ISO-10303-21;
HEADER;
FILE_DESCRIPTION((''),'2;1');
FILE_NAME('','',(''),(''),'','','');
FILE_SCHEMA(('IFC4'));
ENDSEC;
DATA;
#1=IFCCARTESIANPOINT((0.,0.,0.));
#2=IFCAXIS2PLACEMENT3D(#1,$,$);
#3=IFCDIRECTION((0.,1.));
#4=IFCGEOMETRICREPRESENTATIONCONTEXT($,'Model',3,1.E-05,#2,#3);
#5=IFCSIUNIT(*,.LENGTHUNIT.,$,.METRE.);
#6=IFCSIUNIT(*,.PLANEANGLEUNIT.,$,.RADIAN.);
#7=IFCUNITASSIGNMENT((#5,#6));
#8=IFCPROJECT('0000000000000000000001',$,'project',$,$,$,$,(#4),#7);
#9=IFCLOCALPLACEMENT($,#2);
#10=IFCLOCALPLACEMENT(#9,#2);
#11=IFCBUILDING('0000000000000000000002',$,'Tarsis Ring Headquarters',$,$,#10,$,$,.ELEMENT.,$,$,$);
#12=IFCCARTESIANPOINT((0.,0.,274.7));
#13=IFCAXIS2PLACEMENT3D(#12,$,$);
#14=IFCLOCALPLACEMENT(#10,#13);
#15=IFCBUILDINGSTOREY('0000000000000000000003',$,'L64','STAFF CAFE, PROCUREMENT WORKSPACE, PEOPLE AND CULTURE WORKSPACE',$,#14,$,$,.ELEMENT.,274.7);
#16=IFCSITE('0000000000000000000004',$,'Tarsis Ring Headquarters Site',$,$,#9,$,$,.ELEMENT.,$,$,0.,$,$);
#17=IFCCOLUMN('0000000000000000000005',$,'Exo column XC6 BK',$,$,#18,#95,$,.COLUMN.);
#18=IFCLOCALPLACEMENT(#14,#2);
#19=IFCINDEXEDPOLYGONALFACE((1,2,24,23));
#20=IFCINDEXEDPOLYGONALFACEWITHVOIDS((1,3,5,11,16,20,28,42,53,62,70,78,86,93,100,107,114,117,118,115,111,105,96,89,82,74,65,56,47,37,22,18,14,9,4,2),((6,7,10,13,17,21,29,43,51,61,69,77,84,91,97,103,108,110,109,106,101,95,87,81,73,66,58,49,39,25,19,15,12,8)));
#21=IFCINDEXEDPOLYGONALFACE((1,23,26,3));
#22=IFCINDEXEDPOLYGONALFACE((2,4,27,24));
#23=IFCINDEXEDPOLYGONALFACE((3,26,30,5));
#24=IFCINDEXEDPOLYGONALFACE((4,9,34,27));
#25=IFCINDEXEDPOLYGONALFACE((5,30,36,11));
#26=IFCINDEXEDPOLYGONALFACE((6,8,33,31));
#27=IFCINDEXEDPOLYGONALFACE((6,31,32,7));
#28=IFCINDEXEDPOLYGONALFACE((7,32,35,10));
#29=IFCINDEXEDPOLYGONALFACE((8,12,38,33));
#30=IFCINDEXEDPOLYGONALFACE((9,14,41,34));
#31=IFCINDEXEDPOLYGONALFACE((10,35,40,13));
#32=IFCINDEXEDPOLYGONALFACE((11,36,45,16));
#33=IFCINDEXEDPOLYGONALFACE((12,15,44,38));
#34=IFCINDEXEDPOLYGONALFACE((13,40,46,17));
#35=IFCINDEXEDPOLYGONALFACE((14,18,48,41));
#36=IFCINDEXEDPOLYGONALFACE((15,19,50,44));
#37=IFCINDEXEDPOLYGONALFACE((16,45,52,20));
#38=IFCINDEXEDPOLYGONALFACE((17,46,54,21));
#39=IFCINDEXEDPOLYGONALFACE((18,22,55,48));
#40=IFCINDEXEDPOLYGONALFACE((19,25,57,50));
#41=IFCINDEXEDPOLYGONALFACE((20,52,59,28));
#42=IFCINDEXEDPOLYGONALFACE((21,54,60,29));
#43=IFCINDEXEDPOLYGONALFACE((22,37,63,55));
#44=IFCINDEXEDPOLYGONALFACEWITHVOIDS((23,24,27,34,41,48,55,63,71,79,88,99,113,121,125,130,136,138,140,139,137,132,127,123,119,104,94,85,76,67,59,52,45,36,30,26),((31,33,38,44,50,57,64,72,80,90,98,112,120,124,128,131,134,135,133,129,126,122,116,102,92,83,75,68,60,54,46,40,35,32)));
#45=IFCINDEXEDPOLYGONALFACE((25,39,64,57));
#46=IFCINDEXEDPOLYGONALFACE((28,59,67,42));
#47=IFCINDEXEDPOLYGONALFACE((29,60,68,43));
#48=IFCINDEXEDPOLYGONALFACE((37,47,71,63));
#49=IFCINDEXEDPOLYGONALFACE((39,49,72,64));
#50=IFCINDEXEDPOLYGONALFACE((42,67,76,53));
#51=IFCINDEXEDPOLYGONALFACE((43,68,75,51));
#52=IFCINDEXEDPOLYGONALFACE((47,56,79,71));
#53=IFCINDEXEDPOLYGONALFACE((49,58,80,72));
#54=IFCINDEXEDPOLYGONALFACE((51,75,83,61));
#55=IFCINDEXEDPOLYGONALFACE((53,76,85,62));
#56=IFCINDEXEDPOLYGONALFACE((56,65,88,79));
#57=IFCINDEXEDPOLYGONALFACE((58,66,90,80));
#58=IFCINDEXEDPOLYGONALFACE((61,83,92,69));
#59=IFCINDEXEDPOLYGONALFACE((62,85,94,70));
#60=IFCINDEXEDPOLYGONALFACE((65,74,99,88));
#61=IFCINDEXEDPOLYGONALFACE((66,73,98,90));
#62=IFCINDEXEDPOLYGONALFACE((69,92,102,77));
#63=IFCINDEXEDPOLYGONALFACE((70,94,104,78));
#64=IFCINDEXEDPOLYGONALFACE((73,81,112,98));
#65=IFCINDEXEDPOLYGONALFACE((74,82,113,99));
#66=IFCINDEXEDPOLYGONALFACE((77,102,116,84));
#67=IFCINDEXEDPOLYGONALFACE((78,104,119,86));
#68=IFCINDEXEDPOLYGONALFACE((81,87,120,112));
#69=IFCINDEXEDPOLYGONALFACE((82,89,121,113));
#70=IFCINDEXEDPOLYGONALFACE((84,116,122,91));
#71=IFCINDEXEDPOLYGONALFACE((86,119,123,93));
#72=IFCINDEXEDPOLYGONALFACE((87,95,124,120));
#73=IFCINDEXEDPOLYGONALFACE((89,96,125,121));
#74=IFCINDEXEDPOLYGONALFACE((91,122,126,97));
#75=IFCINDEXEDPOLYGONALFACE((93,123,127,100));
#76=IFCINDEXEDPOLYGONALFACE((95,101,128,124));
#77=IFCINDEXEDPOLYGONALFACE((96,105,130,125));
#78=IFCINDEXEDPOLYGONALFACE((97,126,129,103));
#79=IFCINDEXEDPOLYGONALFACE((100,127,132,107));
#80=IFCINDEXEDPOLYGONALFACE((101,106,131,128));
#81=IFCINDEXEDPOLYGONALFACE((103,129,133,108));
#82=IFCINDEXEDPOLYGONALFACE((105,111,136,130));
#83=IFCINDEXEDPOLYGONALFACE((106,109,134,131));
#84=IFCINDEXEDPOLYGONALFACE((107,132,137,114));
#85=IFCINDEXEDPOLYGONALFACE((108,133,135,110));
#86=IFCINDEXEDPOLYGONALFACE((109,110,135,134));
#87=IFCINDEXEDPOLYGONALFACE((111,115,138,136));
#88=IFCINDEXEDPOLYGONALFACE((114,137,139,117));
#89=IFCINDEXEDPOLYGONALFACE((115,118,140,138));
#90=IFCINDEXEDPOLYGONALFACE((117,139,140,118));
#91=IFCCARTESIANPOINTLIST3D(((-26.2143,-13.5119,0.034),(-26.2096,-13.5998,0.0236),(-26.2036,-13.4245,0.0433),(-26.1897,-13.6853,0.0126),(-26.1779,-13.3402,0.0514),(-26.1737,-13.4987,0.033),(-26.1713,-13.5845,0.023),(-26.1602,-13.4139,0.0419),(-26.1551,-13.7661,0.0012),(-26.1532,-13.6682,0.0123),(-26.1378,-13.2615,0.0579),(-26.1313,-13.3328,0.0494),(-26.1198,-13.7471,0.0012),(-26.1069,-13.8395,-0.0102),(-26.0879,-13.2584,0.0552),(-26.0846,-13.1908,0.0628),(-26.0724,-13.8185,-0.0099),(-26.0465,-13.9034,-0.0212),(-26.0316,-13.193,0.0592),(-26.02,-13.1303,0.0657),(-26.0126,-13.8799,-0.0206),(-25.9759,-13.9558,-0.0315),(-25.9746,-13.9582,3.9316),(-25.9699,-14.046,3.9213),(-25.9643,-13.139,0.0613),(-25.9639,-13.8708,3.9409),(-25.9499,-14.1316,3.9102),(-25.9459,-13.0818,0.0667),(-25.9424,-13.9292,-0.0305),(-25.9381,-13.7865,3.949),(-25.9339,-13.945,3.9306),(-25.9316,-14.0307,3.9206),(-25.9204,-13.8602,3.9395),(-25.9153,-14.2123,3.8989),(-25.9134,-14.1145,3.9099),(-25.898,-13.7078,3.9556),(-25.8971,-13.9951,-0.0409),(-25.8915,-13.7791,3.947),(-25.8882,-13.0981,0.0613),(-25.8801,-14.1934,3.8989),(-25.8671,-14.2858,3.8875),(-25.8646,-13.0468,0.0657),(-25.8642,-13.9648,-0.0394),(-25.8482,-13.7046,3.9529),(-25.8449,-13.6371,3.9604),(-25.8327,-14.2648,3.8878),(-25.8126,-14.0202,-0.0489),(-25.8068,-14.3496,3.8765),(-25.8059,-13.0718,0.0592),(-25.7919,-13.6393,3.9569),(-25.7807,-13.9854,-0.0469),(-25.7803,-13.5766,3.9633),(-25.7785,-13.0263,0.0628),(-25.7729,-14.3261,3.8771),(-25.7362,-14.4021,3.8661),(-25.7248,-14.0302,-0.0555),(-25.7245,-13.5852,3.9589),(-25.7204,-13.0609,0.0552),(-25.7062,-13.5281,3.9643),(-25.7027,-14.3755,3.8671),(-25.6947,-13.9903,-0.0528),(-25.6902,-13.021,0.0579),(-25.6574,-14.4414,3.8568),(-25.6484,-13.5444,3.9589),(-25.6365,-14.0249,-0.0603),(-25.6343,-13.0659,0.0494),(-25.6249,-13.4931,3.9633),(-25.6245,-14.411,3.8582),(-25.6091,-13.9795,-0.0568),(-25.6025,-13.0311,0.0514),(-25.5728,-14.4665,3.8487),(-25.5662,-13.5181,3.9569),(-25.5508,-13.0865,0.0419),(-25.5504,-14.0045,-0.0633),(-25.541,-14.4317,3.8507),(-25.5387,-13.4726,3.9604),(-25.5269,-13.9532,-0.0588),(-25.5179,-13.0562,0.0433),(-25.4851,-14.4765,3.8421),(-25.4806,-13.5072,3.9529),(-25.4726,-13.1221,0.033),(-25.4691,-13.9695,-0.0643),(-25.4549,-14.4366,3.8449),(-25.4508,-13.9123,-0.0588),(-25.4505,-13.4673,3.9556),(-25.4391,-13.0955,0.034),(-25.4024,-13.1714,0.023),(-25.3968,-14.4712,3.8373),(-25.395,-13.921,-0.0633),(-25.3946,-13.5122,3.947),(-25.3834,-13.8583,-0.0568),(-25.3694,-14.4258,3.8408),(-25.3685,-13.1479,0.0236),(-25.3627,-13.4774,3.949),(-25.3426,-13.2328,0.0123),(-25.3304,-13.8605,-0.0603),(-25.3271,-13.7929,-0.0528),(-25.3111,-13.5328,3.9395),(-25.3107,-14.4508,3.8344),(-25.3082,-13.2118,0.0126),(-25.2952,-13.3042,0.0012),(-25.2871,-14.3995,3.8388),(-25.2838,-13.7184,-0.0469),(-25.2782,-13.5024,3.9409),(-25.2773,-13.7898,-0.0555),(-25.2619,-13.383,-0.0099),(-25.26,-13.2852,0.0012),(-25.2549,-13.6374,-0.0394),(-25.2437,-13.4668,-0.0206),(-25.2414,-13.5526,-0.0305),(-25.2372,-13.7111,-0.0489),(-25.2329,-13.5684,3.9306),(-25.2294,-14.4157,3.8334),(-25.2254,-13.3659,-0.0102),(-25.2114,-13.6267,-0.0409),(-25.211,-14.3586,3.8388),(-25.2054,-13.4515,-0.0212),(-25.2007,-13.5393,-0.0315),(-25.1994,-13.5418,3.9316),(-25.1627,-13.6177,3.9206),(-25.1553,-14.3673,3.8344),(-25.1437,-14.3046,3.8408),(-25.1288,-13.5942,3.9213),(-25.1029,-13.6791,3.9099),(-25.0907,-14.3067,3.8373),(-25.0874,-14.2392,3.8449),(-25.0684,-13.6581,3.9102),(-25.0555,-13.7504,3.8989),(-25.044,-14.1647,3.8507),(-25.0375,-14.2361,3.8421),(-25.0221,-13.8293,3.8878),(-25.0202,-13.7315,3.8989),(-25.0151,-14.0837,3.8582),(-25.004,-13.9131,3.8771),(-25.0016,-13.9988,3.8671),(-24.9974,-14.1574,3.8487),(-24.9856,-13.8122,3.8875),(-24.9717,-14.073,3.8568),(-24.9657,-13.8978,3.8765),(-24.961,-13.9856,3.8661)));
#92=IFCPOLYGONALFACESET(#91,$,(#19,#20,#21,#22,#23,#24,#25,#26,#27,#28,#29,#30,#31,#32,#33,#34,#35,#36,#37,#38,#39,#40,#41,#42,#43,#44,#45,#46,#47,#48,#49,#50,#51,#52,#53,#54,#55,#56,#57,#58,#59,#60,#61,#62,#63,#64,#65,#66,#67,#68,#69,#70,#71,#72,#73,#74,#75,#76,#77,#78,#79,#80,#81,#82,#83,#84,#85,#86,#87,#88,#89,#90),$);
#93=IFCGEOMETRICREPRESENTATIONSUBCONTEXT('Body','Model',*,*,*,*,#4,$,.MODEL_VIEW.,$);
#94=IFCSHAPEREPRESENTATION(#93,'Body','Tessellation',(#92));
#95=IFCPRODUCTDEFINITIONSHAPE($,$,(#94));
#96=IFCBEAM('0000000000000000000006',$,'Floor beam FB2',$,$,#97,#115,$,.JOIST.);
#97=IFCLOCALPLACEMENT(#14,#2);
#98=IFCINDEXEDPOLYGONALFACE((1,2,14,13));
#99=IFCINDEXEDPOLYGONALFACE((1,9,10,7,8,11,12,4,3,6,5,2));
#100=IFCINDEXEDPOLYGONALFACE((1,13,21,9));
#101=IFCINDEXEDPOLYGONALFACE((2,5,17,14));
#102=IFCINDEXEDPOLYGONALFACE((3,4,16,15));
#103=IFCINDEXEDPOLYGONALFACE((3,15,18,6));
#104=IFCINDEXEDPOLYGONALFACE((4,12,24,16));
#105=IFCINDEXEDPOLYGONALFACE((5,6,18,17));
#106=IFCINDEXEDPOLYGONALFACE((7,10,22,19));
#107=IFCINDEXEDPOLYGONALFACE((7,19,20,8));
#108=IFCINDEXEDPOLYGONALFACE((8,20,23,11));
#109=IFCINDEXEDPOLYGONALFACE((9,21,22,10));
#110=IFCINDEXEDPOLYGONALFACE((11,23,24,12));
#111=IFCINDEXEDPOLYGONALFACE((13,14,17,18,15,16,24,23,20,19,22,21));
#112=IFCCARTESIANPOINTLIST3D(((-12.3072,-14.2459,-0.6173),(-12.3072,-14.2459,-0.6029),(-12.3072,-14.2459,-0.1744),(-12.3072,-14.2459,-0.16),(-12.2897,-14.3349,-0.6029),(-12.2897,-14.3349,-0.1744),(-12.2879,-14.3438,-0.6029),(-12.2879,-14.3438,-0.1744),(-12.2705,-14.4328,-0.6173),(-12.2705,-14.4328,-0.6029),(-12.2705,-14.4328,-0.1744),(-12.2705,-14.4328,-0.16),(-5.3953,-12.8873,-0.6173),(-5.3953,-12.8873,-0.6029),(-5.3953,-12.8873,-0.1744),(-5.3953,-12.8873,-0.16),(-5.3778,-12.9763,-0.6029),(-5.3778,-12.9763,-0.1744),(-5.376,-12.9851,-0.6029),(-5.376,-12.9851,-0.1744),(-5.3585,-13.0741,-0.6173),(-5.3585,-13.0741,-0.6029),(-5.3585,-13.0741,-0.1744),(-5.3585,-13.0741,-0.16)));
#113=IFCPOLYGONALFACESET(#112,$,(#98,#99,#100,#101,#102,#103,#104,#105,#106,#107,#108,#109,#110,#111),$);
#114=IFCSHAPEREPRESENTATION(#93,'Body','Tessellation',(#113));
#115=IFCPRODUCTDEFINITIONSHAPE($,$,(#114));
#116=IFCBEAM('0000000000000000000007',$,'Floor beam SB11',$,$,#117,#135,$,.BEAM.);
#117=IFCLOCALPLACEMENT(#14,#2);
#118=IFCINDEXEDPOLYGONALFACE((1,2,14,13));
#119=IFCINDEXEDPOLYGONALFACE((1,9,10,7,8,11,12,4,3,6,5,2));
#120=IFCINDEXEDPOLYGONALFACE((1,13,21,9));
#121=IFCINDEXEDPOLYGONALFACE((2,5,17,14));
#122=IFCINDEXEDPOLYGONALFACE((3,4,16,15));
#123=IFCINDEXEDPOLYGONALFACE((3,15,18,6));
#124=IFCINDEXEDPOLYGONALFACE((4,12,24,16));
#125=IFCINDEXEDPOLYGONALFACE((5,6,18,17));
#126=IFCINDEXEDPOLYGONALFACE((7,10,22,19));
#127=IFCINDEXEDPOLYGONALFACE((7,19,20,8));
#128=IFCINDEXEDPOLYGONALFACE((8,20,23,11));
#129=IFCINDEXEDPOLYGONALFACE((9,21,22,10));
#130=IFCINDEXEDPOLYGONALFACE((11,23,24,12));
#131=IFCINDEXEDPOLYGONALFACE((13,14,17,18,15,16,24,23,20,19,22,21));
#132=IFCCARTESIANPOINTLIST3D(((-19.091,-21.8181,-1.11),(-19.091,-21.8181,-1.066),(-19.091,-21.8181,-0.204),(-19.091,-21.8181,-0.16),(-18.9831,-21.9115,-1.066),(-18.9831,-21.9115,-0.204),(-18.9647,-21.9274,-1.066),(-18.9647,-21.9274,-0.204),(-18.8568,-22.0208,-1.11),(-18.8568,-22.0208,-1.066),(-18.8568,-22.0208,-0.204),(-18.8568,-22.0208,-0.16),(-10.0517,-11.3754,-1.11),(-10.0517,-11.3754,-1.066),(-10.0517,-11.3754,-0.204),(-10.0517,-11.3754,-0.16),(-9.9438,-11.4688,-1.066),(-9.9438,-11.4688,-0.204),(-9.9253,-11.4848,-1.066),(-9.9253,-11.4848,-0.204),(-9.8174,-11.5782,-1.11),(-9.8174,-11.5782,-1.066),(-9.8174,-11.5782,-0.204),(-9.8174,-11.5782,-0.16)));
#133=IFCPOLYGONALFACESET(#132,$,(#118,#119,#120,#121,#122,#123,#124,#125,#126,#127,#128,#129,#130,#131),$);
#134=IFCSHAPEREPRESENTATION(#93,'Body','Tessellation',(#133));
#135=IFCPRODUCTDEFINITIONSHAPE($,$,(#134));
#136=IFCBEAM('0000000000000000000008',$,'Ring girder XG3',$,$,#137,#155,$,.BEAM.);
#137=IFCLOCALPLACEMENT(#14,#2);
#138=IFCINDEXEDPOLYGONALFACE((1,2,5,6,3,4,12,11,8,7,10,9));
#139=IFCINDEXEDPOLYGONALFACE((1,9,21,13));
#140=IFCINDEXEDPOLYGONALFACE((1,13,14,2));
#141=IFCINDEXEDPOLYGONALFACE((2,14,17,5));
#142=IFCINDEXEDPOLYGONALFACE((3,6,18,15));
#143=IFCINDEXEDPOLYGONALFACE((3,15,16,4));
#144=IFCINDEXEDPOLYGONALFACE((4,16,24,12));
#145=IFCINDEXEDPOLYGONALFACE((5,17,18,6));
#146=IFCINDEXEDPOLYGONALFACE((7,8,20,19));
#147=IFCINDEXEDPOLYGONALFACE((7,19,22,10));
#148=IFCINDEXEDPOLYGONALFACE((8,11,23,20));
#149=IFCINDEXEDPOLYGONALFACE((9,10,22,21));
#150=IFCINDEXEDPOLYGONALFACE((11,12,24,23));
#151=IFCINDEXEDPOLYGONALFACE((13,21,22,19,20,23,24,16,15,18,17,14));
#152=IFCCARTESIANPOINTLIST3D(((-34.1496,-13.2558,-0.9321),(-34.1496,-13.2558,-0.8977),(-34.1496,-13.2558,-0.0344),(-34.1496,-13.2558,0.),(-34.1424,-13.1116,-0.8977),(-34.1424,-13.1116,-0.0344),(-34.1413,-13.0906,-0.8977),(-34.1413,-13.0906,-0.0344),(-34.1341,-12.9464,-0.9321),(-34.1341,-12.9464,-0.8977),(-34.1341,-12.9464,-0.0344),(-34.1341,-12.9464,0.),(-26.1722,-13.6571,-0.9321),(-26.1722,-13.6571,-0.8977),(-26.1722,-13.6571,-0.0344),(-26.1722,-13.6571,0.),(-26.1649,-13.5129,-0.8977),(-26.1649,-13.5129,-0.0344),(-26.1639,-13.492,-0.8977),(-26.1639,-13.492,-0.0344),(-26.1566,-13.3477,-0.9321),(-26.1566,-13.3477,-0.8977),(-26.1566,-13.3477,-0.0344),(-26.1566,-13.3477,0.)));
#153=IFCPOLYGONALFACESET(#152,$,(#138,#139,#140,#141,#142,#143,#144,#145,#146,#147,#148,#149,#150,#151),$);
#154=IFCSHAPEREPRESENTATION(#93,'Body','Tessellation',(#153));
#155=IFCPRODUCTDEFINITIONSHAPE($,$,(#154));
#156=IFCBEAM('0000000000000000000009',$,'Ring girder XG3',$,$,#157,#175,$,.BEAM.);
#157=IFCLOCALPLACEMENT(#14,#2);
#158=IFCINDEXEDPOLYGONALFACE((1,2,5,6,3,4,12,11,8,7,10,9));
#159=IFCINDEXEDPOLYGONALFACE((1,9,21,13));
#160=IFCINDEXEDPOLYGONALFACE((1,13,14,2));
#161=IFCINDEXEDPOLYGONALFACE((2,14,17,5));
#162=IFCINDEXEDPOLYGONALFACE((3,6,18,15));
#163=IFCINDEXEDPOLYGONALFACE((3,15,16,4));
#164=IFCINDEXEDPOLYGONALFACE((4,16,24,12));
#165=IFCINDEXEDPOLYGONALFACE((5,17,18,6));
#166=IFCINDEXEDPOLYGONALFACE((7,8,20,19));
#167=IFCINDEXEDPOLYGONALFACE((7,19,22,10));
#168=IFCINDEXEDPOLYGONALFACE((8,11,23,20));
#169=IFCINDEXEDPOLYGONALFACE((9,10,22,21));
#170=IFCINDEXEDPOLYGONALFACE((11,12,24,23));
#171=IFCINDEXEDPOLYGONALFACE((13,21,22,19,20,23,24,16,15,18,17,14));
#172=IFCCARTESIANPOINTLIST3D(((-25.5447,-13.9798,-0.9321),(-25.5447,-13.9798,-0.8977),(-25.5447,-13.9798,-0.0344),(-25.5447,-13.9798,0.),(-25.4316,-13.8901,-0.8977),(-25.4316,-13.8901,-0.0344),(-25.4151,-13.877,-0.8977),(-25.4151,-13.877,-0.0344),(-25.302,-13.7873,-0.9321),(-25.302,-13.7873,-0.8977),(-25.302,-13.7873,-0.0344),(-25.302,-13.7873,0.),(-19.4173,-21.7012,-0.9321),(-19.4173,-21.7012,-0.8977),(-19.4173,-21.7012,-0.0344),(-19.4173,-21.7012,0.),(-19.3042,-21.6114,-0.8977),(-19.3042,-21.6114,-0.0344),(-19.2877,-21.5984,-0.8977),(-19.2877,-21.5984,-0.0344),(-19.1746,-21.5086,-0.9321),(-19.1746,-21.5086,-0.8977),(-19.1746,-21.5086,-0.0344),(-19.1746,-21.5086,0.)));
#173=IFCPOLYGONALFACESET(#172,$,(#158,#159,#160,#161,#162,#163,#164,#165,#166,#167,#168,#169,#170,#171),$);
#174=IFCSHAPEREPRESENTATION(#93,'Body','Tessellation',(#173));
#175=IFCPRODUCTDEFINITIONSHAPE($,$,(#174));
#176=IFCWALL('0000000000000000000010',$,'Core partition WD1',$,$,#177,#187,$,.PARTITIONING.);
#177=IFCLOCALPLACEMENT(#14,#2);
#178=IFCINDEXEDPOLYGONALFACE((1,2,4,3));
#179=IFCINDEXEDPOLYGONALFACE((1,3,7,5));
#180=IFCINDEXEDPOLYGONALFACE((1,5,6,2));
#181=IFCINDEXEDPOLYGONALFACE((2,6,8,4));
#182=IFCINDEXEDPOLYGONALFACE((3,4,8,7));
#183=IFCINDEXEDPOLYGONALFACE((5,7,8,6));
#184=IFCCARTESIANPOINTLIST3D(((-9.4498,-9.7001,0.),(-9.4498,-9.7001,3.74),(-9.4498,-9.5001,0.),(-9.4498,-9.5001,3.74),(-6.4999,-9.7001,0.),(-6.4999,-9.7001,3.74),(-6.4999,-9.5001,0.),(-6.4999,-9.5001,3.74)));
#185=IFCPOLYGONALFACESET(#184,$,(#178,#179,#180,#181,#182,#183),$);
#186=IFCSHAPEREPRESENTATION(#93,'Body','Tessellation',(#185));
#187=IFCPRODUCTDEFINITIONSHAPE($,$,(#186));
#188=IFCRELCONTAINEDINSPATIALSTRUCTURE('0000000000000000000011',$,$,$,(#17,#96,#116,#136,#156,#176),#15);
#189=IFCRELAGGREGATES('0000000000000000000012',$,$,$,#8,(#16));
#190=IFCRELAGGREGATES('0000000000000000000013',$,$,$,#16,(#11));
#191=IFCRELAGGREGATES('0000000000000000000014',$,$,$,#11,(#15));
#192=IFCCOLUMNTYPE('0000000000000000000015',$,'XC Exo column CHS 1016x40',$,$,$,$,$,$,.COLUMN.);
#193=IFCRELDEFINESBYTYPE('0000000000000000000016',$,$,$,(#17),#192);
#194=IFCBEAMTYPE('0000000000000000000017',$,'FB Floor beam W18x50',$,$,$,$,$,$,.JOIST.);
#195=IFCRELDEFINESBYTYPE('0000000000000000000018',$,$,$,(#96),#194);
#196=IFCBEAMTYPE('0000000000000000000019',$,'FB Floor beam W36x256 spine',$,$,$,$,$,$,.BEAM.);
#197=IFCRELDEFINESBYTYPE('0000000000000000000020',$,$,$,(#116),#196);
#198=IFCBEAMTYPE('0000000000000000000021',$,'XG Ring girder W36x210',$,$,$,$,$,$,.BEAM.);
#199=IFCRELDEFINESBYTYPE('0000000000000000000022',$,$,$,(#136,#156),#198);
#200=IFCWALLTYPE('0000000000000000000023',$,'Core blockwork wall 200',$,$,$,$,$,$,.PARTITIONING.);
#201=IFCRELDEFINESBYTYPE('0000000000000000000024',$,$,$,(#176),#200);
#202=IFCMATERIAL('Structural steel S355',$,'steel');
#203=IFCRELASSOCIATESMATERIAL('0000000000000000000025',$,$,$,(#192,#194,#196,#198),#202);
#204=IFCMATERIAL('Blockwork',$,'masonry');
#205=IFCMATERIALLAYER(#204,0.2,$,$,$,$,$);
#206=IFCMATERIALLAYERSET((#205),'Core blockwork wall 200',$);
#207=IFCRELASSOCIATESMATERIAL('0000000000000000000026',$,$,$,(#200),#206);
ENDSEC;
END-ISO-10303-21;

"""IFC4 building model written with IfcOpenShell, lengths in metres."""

from ifc_helpers import new_model, si_unit, direction, frame, frame_2d, origin, origin_2d, place, context, subcontext, project, spatial, rectangle, hollow_circle, i_section, extrude, material, layer, layer_set, material_profile, profile_set, type_object, element, save


model = new_model("IFC4")

# Units and contexts
model_context = context("Model", 3, precision=1e-05, world=origin(), true_north=direction((0.0, 1.0)))
body_context = subcontext(model_context, "Body", "Model", "MODEL_VIEW")
ifc_project = project(units=[si_unit("LENGTHUNIT", "METRE"), si_unit("PLANEANGLEUNIT", "RADIAN")], contexts=[model_context])

# Site, building, storey
site_placement = place(None, origin())
site = spatial("IfcSite", under=ifc_project, at=site_placement, Name="Tarsis Ring Headquarters Site", CompositionType="ELEMENT", RefElevation=0.0)
building_placement = place(site_placement, origin())
building = spatial("IfcBuilding", under=site, at=building_placement, Name="Tarsis Ring Headquarters", CompositionType="ELEMENT")
storey_placement = place(building_placement, frame((0.0, 0.0, 274.7)))
storey = spatial("IfcBuildingStorey", under=building, at=storey_placement, Name="L64", Description="STAFF CAFE, PROCUREMENT WORKSPACE, PEOPLE AND CULTURE WORKSPACE", CompositionType="ELEMENT", Elevation=274.7)

# Column
ifc_material_1 = material(Name="Structural steel S355", Category="steel")
ifc_material_profile_1 = material_profile(ifc_material_1, hollow_circle(Radius=0.5081, WallThickness=0.04, at=origin_2d()), Name="CHS 1016x40")
ifc_profile_set_1 = profile_set([ifc_material_profile_1], Name="Structural steel S355")
column_type = type_object("IfcColumnType", Name="XC Exo column CHS 1016x40", PredefinedType="COLUMN", material=ifc_profile_set_1)
column_placement = place(storey_placement, frame((-25.7075, -13.5256, 0.0012), z_axis=(0.060996, -0.113545, 0.991659), x_axis=(0.880935, 0.473237, 0.0)))
element("IfcColumn", 1, at=column_placement, inside=storey, type_object=column_type, Name="Exo column XC6 BK", PredefinedType="COLUMN", context=body_context, shape_type="SweptSolid", body=[
    extrude(hollow_circle(Radius=0.5081, WallThickness=0.04, at=origin_2d()), origin(), (0.0, 0.0, 1.0), 3.9304),
])

# Beams
ifc_material_profile_2 = material_profile(ifc_material_1, i_section(OverallWidth=0.1904, OverallDepth=0.4573, WebThickness=0.009, FlangeThickness=0.0144, at=origin_2d()), Name="W18x50")
ifc_profile_set_2 = profile_set([ifc_material_profile_2], Name="Structural steel S355")
beam_type_1 = type_object("IfcBeamType", Name="FB Floor beam W18x50", PredefinedType="JOIST", material=ifc_profile_set_2)
beam_1_placement = place(storey_placement, frame((-12.2888, -14.3394, -0.3887), z_axis=(0.981223, 0.192876, 0.0), x_axis=(-0.192876, 0.981223, 0.0)))
element("IfcBeam", 2, at=beam_1_placement, inside=storey, type_object=beam_type_1, Name="Floor beam FB2", PredefinedType="JOIST", context=body_context, shape_type="SweptSolid", body=[
    extrude(i_section(OverallWidth=0.1904, OverallDepth=0.4573, WebThickness=0.009, FlangeThickness=0.0144, at=origin_2d()), origin(), (0.0, 0.0, 1.0), 7.0442),
])
ifc_material_profile_3 = material_profile(ifc_material_1, i_section(OverallWidth=0.3098, OverallDepth=0.95, WebThickness=0.0244, FlangeThickness=0.0439, at=origin_2d()), Name="W36x256")
ifc_profile_set_3 = profile_set([ifc_material_profile_3], Name="Structural steel S355")
beam_type_2 = type_object("IfcBeamType", Name="FB Floor beam W36x256 spine", PredefinedType="BEAM", material=ifc_profile_set_3)
beam_2_placement = place(storey_placement, frame((-9.9346, -11.4768, -0.635), z_axis=(-0.654477, -0.756082, 0.0), x_axis=(0.756082, -0.654477, 0.0)))
element("IfcBeam", 3, at=beam_2_placement, inside=storey, type_object=beam_type_2, Name="Floor beam SB11", PredefinedType="BEAM", context=body_context, shape_type="SweptSolid", body=[
    extrude(i_section(OverallWidth=0.3098, OverallDepth=0.95, WebThickness=0.0244, FlangeThickness=0.0439, at=origin_2d()), origin(), (0.0, 0.0, 1.0), 13.8115),
])
ifc_material_profile_4 = material_profile(ifc_material_1, i_section(OverallWidth=0.3098, OverallDepth=0.9321, WebThickness=0.021, FlangeThickness=0.0344, at=origin_2d()), Name="W36x210")
ifc_profile_set_4 = profile_set([ifc_material_profile_4], Name="Structural steel S355")
beam_type_3 = type_object("IfcBeamType", Name="XG Ring girder W36x210", PredefinedType="BEAM", material=ifc_profile_set_4)
beam_3_placement = place(storey_placement, frame((-34.1418, -13.1011, -0.4661), z_axis=(0.998737, -0.050249, 0.0), x_axis=(0.050249, 0.998737, 0.0)))
element("IfcBeam", 4, at=beam_3_placement, inside=storey, type_object=beam_type_3, Name="Ring girder XG3", PredefinedType="BEAM", context=body_context, shape_type="SweptSolid", body=[
    extrude(i_section(OverallWidth=0.3098, OverallDepth=0.9321, WebThickness=0.021, FlangeThickness=0.0344, at=origin_2d()), origin(), (0.0, 0.0, 1.0), 7.9875),
])
beam_4_placement = place(storey_placement, frame((-25.4233, -13.8835, -0.4661), z_axis=(0.621615, -0.783323, 0.0), x_axis=(0.783323, 0.621615, 0.0)))
element("IfcBeam", 5, at=beam_4_placement, inside=storey, type_object=beam_type_3, Name="Ring girder XG3", PredefinedType="BEAM", context=body_context, shape_type="SweptSolid", body=[
    extrude(i_section(OverallWidth=0.3098, OverallDepth=0.9321, WebThickness=0.021, FlangeThickness=0.0344, at=origin_2d()), origin(), (0.0, 0.0, 1.0), 9.8572),
])

# Wall
ifc_material_2 = material(Name="Blockwork", Category="masonry")
ifc_layer_1 = layer(ifc_material_2, 0.2)
ifc_layer_set_1 = layer_set([ifc_layer_1], Name="Core blockwork wall 200")
wall_type_1 = type_object("IfcWallType", Name="Core blockwork wall 200", PredefinedType="PARTITIONING", material=ifc_layer_set_1)
wall_1_placement = place(storey_placement, frame((-9.45, -9.6001, 0.0), z_axis=(0.0, 0.0, 1.0), x_axis=(1.0, 0.0, 0.0)))
element("IfcWall", 6, at=wall_1_placement, inside=storey, type_object=wall_type_1, Name="Core partition WD1", PredefinedType="PARTITIONING", context=body_context, shape_type="SweptSolid", body=[
    extrude(rectangle(XDim=2.95, YDim=0.2, at=frame_2d((1.4751, 0.0))), origin(), (0.0, 0.0, 1.0), 3.74),
])

save(model, "model.ifc")
